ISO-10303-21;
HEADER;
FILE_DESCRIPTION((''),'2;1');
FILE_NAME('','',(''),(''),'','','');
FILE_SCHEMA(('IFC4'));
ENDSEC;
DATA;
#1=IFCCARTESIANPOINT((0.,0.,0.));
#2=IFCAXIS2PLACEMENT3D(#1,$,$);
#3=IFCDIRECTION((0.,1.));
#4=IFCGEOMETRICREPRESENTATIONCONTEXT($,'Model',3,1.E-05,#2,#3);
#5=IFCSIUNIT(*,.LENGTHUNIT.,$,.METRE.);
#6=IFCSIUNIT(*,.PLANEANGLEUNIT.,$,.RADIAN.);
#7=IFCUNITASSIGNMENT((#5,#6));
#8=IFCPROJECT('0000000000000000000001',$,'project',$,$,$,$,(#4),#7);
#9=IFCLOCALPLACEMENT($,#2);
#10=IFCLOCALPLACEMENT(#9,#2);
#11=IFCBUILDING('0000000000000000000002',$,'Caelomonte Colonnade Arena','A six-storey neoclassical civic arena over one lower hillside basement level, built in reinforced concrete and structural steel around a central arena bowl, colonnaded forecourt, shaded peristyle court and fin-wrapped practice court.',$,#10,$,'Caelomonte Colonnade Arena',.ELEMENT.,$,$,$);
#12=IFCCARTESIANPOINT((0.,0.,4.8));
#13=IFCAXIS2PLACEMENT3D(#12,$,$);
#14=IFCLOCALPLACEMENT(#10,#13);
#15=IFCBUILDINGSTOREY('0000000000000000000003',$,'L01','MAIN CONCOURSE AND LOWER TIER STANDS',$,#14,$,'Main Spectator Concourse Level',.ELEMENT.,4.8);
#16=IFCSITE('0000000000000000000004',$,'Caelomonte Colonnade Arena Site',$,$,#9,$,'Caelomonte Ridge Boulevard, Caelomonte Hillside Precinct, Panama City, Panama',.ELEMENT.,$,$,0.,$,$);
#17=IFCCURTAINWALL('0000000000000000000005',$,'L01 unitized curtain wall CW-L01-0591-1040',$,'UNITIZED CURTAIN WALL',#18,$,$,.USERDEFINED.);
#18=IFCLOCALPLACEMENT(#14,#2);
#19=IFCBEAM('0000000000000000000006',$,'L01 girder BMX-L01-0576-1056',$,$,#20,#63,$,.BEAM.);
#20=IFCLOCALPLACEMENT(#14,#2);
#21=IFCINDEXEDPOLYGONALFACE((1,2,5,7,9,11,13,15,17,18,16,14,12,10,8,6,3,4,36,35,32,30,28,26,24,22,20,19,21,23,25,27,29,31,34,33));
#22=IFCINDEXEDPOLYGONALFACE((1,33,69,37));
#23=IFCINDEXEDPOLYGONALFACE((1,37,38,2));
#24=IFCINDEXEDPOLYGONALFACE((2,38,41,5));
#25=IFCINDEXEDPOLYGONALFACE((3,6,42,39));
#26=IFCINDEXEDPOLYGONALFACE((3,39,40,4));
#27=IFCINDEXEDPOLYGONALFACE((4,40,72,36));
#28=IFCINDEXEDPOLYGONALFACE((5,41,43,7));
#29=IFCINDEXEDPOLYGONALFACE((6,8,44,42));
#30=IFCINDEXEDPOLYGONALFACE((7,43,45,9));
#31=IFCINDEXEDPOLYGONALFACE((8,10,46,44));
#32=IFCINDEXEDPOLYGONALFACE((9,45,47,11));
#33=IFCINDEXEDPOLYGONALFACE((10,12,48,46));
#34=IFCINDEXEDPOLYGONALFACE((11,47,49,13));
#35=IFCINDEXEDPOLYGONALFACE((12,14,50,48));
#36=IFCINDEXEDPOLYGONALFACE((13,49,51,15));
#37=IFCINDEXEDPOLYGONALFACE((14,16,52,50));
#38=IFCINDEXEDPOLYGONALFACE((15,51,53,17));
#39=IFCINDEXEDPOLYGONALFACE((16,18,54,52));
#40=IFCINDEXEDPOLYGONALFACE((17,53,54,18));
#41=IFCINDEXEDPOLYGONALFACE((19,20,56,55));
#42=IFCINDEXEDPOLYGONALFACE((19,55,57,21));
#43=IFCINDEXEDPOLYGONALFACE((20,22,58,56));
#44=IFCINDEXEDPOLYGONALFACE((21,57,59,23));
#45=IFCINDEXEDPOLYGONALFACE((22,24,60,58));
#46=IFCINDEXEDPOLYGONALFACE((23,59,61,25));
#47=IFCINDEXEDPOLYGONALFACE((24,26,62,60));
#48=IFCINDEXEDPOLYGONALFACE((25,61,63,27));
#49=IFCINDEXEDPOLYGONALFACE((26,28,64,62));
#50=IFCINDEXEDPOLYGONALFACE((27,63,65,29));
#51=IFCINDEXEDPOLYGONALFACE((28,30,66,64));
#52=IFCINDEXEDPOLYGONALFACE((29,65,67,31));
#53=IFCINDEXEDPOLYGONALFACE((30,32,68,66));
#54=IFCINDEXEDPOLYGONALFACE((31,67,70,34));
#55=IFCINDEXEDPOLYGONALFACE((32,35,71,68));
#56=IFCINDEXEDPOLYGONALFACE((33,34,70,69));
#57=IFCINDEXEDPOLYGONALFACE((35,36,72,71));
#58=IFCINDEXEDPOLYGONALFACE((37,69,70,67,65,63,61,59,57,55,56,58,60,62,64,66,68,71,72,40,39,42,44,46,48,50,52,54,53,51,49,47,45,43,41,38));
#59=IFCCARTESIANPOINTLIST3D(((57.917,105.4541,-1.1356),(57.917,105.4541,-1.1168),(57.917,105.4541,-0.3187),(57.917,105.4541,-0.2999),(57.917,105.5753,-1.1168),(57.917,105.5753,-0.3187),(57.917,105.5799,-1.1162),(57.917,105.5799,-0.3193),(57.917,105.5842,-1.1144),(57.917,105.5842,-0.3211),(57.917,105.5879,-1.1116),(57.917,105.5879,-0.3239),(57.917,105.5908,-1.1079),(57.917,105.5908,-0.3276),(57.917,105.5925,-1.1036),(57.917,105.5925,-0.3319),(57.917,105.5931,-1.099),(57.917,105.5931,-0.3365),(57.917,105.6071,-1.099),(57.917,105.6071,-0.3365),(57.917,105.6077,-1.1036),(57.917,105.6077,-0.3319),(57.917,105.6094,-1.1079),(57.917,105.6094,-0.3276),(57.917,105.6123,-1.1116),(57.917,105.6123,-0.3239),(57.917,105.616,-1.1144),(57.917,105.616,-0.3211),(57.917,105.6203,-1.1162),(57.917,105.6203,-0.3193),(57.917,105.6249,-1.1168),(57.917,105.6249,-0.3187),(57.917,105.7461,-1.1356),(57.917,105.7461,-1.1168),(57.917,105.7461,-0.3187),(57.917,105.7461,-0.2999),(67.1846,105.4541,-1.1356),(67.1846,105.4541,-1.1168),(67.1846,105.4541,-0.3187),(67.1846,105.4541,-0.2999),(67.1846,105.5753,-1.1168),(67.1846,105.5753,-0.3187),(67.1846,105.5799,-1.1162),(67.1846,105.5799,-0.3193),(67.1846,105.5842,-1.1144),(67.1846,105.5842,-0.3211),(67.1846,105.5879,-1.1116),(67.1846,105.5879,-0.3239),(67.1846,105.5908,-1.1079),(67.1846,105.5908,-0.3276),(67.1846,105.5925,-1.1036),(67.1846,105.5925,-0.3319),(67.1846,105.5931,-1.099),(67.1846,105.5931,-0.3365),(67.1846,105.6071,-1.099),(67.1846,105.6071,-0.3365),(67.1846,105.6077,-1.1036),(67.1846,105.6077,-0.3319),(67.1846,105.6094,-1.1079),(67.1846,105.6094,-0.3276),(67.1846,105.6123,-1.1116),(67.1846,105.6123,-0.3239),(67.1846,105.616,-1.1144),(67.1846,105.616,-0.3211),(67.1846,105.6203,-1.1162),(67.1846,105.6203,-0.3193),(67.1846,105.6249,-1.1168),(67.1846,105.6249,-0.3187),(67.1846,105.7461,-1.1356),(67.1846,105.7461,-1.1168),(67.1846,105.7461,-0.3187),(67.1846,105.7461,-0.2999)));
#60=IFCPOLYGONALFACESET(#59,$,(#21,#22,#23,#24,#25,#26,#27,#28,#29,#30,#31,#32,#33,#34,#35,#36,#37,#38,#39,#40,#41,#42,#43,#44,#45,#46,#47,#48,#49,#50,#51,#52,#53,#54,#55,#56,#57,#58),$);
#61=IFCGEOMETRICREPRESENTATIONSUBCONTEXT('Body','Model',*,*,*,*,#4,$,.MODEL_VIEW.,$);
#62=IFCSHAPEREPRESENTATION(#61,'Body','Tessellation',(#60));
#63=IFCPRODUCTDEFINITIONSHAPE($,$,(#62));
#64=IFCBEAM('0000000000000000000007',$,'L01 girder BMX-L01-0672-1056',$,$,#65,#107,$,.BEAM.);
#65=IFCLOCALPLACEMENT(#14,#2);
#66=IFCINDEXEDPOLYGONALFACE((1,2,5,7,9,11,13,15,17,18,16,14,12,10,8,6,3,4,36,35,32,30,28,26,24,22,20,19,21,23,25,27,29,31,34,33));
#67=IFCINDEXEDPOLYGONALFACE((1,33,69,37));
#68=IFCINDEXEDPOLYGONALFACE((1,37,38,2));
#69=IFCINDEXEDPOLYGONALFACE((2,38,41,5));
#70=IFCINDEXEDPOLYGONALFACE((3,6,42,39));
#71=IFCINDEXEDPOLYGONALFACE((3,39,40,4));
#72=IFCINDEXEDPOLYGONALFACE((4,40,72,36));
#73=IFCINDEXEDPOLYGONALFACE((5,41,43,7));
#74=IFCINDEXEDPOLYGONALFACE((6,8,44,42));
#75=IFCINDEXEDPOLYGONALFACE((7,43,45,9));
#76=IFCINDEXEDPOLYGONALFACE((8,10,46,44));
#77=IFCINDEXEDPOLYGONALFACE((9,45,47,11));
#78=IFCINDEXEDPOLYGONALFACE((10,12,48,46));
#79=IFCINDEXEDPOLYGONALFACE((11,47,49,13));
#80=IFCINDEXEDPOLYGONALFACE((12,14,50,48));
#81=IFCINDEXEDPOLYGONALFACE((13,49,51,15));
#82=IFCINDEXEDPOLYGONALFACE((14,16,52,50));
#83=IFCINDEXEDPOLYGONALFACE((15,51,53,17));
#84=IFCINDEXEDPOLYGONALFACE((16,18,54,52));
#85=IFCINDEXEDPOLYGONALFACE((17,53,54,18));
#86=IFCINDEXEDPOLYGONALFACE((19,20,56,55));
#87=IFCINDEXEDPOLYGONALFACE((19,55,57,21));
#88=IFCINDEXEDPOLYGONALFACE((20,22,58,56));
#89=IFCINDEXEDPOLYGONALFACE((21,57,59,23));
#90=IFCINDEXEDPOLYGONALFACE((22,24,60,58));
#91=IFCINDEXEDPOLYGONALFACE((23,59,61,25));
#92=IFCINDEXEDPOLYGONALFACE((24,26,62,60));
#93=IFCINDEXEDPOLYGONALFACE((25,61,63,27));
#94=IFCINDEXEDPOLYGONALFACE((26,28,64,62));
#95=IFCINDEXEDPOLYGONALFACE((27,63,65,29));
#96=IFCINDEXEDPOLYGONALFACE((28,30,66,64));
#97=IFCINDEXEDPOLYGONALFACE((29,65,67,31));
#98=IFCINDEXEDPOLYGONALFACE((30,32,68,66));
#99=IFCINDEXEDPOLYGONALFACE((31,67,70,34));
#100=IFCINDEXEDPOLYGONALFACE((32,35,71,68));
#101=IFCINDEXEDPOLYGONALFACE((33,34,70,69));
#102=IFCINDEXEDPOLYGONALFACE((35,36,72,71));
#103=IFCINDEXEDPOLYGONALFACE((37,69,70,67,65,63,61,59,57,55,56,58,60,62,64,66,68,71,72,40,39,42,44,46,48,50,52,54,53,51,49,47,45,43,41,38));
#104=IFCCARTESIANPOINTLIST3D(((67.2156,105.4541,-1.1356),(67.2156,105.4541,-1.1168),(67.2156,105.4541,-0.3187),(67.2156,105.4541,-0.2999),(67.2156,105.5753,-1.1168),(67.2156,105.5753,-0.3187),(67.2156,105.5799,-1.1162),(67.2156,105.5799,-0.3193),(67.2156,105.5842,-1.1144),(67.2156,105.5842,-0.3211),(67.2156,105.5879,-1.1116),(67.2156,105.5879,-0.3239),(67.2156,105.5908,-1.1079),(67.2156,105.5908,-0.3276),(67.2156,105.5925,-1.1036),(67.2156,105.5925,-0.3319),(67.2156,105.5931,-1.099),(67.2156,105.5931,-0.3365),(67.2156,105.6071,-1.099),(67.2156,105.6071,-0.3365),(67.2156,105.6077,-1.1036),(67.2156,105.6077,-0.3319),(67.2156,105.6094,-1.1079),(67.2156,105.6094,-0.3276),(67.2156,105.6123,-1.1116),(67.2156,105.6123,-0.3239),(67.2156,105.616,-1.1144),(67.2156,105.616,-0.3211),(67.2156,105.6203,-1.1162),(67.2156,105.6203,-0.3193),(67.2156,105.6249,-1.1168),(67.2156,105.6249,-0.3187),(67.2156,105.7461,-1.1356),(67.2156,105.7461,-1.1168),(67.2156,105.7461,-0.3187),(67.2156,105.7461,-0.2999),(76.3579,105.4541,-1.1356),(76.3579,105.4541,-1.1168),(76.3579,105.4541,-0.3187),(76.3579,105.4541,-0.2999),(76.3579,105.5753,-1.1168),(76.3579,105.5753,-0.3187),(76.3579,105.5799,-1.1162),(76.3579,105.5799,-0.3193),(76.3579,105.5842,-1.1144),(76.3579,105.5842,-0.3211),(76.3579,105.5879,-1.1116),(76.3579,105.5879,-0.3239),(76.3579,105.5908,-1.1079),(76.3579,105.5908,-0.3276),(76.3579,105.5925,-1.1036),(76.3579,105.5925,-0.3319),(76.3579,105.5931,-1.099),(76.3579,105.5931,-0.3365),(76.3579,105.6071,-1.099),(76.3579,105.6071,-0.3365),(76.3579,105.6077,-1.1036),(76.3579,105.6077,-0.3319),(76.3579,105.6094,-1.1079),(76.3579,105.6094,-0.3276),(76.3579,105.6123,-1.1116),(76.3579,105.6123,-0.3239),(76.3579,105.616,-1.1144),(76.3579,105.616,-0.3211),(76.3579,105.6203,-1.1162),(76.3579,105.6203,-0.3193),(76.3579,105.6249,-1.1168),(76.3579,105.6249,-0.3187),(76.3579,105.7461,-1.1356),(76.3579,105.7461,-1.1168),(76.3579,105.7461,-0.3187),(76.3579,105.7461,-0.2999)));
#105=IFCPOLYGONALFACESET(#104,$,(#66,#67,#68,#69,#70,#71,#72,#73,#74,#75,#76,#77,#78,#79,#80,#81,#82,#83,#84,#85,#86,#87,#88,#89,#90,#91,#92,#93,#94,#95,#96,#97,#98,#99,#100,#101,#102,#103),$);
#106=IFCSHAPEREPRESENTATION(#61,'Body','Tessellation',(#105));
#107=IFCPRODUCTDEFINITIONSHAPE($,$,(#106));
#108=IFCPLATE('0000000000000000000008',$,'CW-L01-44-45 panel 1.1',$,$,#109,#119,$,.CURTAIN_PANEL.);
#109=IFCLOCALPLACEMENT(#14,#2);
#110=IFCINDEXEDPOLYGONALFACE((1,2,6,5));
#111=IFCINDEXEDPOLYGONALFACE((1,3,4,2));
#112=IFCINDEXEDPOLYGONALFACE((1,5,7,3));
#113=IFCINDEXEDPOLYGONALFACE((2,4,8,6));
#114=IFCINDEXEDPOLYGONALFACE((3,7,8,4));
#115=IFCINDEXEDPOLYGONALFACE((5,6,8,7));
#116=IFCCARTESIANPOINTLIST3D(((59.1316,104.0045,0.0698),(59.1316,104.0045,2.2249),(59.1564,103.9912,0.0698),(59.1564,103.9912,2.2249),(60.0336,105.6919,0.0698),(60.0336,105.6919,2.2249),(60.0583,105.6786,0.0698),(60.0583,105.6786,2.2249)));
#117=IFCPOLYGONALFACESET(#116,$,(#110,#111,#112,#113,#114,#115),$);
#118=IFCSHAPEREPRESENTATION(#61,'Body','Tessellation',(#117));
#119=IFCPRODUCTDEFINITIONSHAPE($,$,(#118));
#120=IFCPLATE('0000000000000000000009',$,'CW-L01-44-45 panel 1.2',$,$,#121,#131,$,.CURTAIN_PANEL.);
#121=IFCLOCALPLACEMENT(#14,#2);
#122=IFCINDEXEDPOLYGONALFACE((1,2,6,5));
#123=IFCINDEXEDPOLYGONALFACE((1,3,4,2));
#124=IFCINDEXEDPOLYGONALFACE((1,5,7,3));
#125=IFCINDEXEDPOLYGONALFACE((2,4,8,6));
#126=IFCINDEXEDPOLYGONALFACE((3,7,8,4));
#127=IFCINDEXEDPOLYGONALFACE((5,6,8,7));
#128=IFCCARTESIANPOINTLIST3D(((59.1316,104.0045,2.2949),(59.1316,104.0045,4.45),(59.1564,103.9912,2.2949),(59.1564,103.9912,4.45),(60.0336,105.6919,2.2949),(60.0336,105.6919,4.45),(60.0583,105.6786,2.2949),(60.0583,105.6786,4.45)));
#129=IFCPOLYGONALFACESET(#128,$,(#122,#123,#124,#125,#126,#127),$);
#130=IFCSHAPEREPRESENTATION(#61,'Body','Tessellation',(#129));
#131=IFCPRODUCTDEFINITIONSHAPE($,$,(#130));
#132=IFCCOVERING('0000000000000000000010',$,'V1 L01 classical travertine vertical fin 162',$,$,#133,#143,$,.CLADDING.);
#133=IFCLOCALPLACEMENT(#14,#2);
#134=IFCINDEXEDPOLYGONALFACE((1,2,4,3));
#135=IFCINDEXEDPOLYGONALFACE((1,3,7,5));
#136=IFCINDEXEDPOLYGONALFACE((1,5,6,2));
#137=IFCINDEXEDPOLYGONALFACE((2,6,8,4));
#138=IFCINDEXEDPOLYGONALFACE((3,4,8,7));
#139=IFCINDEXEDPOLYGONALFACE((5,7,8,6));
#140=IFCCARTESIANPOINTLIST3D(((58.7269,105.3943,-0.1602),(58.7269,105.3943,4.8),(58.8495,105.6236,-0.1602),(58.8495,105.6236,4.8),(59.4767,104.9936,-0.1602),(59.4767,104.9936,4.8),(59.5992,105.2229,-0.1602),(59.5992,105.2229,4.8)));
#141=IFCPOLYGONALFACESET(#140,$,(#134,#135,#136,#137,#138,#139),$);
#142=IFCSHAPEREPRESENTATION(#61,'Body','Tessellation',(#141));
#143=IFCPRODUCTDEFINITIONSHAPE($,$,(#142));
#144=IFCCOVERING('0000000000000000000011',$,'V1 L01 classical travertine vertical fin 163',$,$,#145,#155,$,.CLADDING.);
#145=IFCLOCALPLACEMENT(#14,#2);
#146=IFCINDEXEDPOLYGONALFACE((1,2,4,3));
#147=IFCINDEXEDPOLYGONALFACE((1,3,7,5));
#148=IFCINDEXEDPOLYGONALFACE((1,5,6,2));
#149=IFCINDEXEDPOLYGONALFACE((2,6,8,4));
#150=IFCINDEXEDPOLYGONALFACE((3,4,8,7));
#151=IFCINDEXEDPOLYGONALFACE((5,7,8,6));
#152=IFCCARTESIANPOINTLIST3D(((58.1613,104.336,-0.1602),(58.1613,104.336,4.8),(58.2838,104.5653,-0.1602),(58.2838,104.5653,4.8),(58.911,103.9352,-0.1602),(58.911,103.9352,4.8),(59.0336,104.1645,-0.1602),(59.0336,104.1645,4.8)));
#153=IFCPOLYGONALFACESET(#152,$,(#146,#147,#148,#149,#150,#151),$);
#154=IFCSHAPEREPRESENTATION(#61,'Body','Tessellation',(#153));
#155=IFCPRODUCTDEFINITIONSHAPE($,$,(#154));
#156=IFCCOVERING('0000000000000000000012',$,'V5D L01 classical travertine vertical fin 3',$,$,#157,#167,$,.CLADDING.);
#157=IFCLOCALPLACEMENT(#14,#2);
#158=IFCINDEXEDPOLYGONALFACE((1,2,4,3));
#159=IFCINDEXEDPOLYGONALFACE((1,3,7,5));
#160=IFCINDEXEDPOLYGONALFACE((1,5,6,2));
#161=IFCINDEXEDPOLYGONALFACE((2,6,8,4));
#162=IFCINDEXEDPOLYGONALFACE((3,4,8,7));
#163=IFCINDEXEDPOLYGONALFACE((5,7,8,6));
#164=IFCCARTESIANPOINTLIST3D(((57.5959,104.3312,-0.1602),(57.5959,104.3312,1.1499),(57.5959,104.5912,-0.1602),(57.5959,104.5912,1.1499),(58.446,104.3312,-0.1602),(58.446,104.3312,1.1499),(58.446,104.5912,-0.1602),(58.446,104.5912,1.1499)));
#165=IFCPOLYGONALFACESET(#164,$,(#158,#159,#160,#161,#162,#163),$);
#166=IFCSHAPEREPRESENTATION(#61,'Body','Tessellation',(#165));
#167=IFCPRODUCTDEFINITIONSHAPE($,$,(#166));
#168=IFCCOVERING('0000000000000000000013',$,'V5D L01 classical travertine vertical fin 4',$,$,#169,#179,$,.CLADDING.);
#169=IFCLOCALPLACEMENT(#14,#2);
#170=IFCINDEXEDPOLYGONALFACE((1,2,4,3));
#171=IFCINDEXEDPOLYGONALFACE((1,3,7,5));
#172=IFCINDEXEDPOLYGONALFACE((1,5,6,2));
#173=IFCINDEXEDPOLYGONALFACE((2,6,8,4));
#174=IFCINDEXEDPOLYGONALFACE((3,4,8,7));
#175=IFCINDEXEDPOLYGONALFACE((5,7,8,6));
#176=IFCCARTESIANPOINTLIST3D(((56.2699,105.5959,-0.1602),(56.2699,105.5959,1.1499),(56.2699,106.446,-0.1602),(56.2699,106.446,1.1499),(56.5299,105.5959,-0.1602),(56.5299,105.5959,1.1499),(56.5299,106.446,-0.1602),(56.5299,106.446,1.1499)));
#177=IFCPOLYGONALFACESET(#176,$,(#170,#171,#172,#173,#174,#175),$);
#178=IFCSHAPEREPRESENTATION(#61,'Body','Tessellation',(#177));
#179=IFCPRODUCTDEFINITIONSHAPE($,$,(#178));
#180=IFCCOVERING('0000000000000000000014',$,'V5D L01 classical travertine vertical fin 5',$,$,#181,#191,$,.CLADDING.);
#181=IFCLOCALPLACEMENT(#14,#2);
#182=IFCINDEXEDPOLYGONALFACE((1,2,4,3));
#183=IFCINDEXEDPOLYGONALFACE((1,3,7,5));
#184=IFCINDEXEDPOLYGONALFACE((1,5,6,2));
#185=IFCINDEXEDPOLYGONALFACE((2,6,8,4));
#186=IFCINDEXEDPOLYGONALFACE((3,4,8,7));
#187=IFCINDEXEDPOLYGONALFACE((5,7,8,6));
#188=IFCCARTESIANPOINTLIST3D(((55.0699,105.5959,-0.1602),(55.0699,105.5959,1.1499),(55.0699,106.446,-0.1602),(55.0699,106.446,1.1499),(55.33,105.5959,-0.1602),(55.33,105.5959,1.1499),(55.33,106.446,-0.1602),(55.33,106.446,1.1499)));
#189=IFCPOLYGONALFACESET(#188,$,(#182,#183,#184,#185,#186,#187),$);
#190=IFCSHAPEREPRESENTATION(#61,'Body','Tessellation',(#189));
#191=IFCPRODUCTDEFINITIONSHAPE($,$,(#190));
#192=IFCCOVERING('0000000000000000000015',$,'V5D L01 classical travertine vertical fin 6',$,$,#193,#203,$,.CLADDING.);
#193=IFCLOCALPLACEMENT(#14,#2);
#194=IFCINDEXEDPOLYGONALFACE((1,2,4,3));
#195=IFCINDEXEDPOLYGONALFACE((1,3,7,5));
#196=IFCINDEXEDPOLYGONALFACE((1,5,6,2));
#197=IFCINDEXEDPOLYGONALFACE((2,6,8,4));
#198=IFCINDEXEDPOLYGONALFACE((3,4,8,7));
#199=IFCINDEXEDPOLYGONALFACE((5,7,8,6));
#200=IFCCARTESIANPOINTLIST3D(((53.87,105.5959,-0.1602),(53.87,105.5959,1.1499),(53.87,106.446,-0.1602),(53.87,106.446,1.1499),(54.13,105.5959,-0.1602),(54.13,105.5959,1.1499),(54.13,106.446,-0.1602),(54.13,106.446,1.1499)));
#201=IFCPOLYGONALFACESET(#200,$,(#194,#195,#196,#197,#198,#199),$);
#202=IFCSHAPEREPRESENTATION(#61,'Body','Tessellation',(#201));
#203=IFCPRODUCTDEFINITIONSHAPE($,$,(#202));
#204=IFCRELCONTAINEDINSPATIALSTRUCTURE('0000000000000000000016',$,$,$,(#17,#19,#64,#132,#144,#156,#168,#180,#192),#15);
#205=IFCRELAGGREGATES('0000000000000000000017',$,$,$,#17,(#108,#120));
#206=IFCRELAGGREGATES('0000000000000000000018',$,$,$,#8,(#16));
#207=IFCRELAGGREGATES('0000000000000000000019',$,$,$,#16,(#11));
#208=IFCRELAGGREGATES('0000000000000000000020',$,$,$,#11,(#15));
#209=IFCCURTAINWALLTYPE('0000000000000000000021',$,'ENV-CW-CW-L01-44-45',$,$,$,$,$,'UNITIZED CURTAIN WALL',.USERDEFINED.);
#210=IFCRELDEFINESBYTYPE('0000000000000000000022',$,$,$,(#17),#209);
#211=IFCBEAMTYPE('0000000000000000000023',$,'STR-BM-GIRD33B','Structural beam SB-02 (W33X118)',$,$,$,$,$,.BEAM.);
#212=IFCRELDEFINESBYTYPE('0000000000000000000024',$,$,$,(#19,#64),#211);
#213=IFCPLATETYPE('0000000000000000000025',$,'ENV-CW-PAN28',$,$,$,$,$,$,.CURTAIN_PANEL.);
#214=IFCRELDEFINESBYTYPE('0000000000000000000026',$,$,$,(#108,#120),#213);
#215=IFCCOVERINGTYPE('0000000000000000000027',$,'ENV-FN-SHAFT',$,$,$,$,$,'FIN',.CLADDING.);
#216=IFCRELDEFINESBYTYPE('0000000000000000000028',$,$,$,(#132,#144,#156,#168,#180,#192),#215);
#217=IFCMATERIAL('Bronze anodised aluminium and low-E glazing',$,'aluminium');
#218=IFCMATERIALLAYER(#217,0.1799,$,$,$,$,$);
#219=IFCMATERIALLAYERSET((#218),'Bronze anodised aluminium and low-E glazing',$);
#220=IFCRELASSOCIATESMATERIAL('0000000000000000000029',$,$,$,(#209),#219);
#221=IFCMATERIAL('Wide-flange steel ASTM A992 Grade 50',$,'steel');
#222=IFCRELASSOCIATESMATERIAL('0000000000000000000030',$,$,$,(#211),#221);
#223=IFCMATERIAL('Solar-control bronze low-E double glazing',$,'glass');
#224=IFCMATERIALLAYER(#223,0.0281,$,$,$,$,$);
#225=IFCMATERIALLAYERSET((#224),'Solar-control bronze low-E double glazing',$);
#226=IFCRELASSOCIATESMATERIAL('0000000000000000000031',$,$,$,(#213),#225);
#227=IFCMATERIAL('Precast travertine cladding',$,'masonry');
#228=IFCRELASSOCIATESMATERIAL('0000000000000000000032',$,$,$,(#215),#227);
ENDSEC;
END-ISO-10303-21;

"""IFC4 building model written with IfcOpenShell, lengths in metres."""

from ifc_helpers import new_model, si_unit, direction, frame, origin, origin_2d, place, context, subcontext, project, spatial, rectangle, i_section, extrude, material, layer, layer_set, material_profile, profile_set, type_object, element, aggregate, save


model = new_model("IFC4")

# Units and contexts
model_context = context("Model", 3, precision=1e-05, world=origin(), true_north=direction((0.0, 1.0)))
body_context = subcontext(model_context, "Body", "Model", "MODEL_VIEW")
ifc_project = project(units=[si_unit("LENGTHUNIT", "METRE"), si_unit("PLANEANGLEUNIT", "RADIAN")], contexts=[model_context])

# Site, building, storey
site_placement = place(None, origin())
site = spatial("IfcSite", under=ifc_project, at=site_placement, Name="Caelomonte Colonnade Arena Site", LongName="Caelomonte Ridge Boulevard, Caelomonte Hillside Precinct, Panama City, Panama", CompositionType="ELEMENT", RefElevation=0.0)
building_placement = place(site_placement, origin())
building = spatial("IfcBuilding", under=site, at=building_placement, Name="Caelomonte Colonnade Arena", Description="A six-storey neoclassical civic arena over one lower hillside basement level, built in reinforced concrete and structural steel around a central arena bowl, colonnaded forecourt, shaded peristyle court and fin-wrapped practice court.", LongName="Caelomonte Colonnade Arena", CompositionType="ELEMENT")
storey_placement = place(building_placement, frame((0.0, 0.0, 4.8)))
storey = spatial("IfcBuildingStorey", under=building, at=storey_placement, Name="L01", Description="MAIN CONCOURSE AND LOWER TIER STANDS", LongName="Main Spectator Concourse Level", CompositionType="ELEMENT", Elevation=4.8)

# Shared definitions
ifc_material_1 = material(Name="Wide-flange steel ASTM A992 Grade 50", Category="steel")

# Shared definitions
ifc_material_2 = material(Name="Bronze anodised aluminium and low-E glazing", Category="aluminium")
ifc_layer_1 = layer(ifc_material_2, 0.1799)
ifc_layer_set_1 = layer_set([ifc_layer_1], Name="Bronze anodised aluminium and low-E glazing")
curtain_wall_type = type_object("IfcCurtainWallType", Name="ENV-CW-CW-L01-44-45", ElementType="UNITIZED CURTAIN WALL", PredefinedType="USERDEFINED", material=ifc_layer_set_1)

# Curtain wall
curtain_wall_1_placement = place(storey_placement, origin())
curtain_wall_1 = element("IfcCurtainWall", 1, at=curtain_wall_1_placement, inside=storey, type_object=curtain_wall_type, Name="L01 unitized curtain wall CW-L01-0591-1040", ObjectType="UNITIZED CURTAIN WALL", PredefinedType="USERDEFINED")

# Beams
ifc_material_profile_1 = material_profile(ifc_material_1, i_section(OverallWidth=0.292, OverallDepth=0.8357, WebThickness=0.0139, FlangeThickness=0.0188, FilletRadius=0.0178, at=origin_2d()), Name="W33X118")
ifc_profile_set_1 = profile_set([ifc_material_profile_1], Name="Wide-flange steel ASTM A992 Grade 50")
beam_type_1 = type_object("IfcBeamType", Name="STR-BM-GIRD33B", Description="Structural beam SB-02 (W33X118)", PredefinedType="BEAM", material=ifc_profile_set_1)
beam_1_placement = place(storey_placement, frame((57.917, 105.6001, -0.7178), z_axis=(1.0, 0.0, 0.0), x_axis=(0.0, 1.0, 0.0)))
element("IfcBeam", 2, at=beam_1_placement, inside=storey, type_object=beam_type_1, Name="L01 girder BMX-L01-0576-1056", PredefinedType="BEAM", context=body_context, shape_type="SweptSolid", body=[
    extrude(i_section(OverallWidth=0.292, OverallDepth=0.8357, WebThickness=0.0139, FlangeThickness=0.0188, FilletRadius=0.0178, at=origin_2d()), origin(), (0.0, 0.0, 1.0), 9.2676),
])
beam_2_placement = place(storey_placement, frame((67.2156, 105.6001, -0.7178), z_axis=(1.0, 0.0, 0.0), x_axis=(0.0, 1.0, 0.0)))
element("IfcBeam", 3, at=beam_2_placement, inside=storey, type_object=beam_type_1, Name="L01 girder BMX-L01-0672-1056", PredefinedType="BEAM", context=body_context, shape_type="SweptSolid", body=[
    extrude(i_section(OverallWidth=0.292, OverallDepth=0.8357, WebThickness=0.0139, FlangeThickness=0.0188, FilletRadius=0.0178, at=origin_2d()), origin(), (0.0, 0.0, 1.0), 9.1423),
])

# Plates
ifc_material_3 = material(Name="Solar-control bronze low-E double glazing", Category="glass")
ifc_layer_2 = layer(ifc_material_3, 0.0281)
ifc_layer_set_2 = layer_set([ifc_layer_2], Name="Solar-control bronze low-E double glazing")
plate_type = type_object("IfcPlateType", Name="ENV-CW-PAN28", PredefinedType="CURTAIN_PANEL", material=ifc_layer_set_2)
plate_1_placement = place(storey_placement, frame((59.595, 104.8416, 0.0698), z_axis=(0.0, 0.0, 1.0), x_axis=(-0.471394, -0.881923, 0.0)))
plate_1 = element("IfcPlate", 4, at=plate_1_placement, type_object=plate_type, Name="CW-L01-44-45 panel 1.1", PredefinedType="CURTAIN_PANEL", context=body_context, shape_type="SweptSolid", body=[
    extrude(rectangle(XDim=1.9133, YDim=0.0281, at=origin_2d()), origin(), (0.0, 0.0, 1.0), 2.155),
])
plate_2_placement = place(storey_placement, frame((59.595, 104.8416, 2.2949), z_axis=(0.0, 0.0, 1.0), x_axis=(-0.471394, -0.881923, 0.0)))
plate_2 = element("IfcPlate", 5, at=plate_2_placement, type_object=plate_type, Name="CW-L01-44-45 panel 1.2", PredefinedType="CURTAIN_PANEL", context=body_context, shape_type="SweptSolid", body=[
    extrude(rectangle(XDim=1.9133, YDim=0.0281, at=origin_2d()), origin(), (0.0, 0.0, 1.0), 2.155),
])
aggregate(curtain_wall_1, [plate_1, plate_2])

# Coverings
ifc_material_4 = material(Name="Precast travertine cladding", Category="masonry")
ifc_material_profile_2 = material_profile(ifc_material_4, rectangle(XDim=0.26, YDim=0.8501, at=origin_2d()), Name="FIN260X850")
ifc_profile_set_2 = profile_set([ifc_material_profile_2], Name="Precast travertine cladding")
covering_type = type_object("IfcCoveringType", Name="ENV-FN-SHAFT", ElementType="FIN", PredefinedType="CLADDING", material=ifc_profile_set_2)
for number, where, z_axis, x_axis, name in (
    (6, (59.1631, 105.3086, -0.1602), (0.0, 0.0, 1.0), (0.471397, 0.881921, 0.0), "V1 L01 classical travertine vertical fin 162"),
    (7, (58.5974, 104.2502, -0.1602), (0.0, 0.0, 1.0), (0.471397, 0.881921, 0.0), "V1 L01 classical travertine vertical fin 163"),
):
    element("IfcCovering", number, at=place(storey_placement, frame(where, z_axis=z_axis, x_axis=x_axis)), inside=storey, type_object=covering_type, Name=name, PredefinedType="CLADDING", context=body_context, shape_type="SweptSolid", body=[
        extrude(rectangle(XDim=0.26, YDim=0.8501, at=origin_2d()), origin(), (0.0, 0.0, 1.0), 4.9602),
    ])
for number, where, z_axis, x_axis, name in (
    (8, (58.021, 104.4612, -0.1602), (0.0, 0.0, 1.0), (0.0, -1.0, 0.0), "V5D L01 classical travertine vertical fin 3"),
    (9, (56.3999, 106.021, -0.1602), (0.0, 0.0, 1.0), (1.0, 0.0, 0.0), "V5D L01 classical travertine vertical fin 4"),
    (10, (55.2, 106.021, -0.1602), (0.0, 0.0, 1.0), (1.0, 0.0, 0.0), "V5D L01 classical travertine vertical fin 5"),
    (11, (54.0, 106.021, -0.1602), (0.0, 0.0, 1.0), (1.0, 0.0, 0.0), "V5D L01 classical travertine vertical fin 6"),
):
    element("IfcCovering", number, at=place(storey_placement, frame(where, z_axis=z_axis, x_axis=x_axis)), inside=storey, type_object=covering_type, Name=name, PredefinedType="CLADDING", context=body_context, shape_type="SweptSolid", body=[
        extrude(rectangle(XDim=0.26, YDim=0.8501, at=origin_2d()), origin(), (0.0, 0.0, 1.0), 1.3101),
    ])

save(model, "model.ifc")
